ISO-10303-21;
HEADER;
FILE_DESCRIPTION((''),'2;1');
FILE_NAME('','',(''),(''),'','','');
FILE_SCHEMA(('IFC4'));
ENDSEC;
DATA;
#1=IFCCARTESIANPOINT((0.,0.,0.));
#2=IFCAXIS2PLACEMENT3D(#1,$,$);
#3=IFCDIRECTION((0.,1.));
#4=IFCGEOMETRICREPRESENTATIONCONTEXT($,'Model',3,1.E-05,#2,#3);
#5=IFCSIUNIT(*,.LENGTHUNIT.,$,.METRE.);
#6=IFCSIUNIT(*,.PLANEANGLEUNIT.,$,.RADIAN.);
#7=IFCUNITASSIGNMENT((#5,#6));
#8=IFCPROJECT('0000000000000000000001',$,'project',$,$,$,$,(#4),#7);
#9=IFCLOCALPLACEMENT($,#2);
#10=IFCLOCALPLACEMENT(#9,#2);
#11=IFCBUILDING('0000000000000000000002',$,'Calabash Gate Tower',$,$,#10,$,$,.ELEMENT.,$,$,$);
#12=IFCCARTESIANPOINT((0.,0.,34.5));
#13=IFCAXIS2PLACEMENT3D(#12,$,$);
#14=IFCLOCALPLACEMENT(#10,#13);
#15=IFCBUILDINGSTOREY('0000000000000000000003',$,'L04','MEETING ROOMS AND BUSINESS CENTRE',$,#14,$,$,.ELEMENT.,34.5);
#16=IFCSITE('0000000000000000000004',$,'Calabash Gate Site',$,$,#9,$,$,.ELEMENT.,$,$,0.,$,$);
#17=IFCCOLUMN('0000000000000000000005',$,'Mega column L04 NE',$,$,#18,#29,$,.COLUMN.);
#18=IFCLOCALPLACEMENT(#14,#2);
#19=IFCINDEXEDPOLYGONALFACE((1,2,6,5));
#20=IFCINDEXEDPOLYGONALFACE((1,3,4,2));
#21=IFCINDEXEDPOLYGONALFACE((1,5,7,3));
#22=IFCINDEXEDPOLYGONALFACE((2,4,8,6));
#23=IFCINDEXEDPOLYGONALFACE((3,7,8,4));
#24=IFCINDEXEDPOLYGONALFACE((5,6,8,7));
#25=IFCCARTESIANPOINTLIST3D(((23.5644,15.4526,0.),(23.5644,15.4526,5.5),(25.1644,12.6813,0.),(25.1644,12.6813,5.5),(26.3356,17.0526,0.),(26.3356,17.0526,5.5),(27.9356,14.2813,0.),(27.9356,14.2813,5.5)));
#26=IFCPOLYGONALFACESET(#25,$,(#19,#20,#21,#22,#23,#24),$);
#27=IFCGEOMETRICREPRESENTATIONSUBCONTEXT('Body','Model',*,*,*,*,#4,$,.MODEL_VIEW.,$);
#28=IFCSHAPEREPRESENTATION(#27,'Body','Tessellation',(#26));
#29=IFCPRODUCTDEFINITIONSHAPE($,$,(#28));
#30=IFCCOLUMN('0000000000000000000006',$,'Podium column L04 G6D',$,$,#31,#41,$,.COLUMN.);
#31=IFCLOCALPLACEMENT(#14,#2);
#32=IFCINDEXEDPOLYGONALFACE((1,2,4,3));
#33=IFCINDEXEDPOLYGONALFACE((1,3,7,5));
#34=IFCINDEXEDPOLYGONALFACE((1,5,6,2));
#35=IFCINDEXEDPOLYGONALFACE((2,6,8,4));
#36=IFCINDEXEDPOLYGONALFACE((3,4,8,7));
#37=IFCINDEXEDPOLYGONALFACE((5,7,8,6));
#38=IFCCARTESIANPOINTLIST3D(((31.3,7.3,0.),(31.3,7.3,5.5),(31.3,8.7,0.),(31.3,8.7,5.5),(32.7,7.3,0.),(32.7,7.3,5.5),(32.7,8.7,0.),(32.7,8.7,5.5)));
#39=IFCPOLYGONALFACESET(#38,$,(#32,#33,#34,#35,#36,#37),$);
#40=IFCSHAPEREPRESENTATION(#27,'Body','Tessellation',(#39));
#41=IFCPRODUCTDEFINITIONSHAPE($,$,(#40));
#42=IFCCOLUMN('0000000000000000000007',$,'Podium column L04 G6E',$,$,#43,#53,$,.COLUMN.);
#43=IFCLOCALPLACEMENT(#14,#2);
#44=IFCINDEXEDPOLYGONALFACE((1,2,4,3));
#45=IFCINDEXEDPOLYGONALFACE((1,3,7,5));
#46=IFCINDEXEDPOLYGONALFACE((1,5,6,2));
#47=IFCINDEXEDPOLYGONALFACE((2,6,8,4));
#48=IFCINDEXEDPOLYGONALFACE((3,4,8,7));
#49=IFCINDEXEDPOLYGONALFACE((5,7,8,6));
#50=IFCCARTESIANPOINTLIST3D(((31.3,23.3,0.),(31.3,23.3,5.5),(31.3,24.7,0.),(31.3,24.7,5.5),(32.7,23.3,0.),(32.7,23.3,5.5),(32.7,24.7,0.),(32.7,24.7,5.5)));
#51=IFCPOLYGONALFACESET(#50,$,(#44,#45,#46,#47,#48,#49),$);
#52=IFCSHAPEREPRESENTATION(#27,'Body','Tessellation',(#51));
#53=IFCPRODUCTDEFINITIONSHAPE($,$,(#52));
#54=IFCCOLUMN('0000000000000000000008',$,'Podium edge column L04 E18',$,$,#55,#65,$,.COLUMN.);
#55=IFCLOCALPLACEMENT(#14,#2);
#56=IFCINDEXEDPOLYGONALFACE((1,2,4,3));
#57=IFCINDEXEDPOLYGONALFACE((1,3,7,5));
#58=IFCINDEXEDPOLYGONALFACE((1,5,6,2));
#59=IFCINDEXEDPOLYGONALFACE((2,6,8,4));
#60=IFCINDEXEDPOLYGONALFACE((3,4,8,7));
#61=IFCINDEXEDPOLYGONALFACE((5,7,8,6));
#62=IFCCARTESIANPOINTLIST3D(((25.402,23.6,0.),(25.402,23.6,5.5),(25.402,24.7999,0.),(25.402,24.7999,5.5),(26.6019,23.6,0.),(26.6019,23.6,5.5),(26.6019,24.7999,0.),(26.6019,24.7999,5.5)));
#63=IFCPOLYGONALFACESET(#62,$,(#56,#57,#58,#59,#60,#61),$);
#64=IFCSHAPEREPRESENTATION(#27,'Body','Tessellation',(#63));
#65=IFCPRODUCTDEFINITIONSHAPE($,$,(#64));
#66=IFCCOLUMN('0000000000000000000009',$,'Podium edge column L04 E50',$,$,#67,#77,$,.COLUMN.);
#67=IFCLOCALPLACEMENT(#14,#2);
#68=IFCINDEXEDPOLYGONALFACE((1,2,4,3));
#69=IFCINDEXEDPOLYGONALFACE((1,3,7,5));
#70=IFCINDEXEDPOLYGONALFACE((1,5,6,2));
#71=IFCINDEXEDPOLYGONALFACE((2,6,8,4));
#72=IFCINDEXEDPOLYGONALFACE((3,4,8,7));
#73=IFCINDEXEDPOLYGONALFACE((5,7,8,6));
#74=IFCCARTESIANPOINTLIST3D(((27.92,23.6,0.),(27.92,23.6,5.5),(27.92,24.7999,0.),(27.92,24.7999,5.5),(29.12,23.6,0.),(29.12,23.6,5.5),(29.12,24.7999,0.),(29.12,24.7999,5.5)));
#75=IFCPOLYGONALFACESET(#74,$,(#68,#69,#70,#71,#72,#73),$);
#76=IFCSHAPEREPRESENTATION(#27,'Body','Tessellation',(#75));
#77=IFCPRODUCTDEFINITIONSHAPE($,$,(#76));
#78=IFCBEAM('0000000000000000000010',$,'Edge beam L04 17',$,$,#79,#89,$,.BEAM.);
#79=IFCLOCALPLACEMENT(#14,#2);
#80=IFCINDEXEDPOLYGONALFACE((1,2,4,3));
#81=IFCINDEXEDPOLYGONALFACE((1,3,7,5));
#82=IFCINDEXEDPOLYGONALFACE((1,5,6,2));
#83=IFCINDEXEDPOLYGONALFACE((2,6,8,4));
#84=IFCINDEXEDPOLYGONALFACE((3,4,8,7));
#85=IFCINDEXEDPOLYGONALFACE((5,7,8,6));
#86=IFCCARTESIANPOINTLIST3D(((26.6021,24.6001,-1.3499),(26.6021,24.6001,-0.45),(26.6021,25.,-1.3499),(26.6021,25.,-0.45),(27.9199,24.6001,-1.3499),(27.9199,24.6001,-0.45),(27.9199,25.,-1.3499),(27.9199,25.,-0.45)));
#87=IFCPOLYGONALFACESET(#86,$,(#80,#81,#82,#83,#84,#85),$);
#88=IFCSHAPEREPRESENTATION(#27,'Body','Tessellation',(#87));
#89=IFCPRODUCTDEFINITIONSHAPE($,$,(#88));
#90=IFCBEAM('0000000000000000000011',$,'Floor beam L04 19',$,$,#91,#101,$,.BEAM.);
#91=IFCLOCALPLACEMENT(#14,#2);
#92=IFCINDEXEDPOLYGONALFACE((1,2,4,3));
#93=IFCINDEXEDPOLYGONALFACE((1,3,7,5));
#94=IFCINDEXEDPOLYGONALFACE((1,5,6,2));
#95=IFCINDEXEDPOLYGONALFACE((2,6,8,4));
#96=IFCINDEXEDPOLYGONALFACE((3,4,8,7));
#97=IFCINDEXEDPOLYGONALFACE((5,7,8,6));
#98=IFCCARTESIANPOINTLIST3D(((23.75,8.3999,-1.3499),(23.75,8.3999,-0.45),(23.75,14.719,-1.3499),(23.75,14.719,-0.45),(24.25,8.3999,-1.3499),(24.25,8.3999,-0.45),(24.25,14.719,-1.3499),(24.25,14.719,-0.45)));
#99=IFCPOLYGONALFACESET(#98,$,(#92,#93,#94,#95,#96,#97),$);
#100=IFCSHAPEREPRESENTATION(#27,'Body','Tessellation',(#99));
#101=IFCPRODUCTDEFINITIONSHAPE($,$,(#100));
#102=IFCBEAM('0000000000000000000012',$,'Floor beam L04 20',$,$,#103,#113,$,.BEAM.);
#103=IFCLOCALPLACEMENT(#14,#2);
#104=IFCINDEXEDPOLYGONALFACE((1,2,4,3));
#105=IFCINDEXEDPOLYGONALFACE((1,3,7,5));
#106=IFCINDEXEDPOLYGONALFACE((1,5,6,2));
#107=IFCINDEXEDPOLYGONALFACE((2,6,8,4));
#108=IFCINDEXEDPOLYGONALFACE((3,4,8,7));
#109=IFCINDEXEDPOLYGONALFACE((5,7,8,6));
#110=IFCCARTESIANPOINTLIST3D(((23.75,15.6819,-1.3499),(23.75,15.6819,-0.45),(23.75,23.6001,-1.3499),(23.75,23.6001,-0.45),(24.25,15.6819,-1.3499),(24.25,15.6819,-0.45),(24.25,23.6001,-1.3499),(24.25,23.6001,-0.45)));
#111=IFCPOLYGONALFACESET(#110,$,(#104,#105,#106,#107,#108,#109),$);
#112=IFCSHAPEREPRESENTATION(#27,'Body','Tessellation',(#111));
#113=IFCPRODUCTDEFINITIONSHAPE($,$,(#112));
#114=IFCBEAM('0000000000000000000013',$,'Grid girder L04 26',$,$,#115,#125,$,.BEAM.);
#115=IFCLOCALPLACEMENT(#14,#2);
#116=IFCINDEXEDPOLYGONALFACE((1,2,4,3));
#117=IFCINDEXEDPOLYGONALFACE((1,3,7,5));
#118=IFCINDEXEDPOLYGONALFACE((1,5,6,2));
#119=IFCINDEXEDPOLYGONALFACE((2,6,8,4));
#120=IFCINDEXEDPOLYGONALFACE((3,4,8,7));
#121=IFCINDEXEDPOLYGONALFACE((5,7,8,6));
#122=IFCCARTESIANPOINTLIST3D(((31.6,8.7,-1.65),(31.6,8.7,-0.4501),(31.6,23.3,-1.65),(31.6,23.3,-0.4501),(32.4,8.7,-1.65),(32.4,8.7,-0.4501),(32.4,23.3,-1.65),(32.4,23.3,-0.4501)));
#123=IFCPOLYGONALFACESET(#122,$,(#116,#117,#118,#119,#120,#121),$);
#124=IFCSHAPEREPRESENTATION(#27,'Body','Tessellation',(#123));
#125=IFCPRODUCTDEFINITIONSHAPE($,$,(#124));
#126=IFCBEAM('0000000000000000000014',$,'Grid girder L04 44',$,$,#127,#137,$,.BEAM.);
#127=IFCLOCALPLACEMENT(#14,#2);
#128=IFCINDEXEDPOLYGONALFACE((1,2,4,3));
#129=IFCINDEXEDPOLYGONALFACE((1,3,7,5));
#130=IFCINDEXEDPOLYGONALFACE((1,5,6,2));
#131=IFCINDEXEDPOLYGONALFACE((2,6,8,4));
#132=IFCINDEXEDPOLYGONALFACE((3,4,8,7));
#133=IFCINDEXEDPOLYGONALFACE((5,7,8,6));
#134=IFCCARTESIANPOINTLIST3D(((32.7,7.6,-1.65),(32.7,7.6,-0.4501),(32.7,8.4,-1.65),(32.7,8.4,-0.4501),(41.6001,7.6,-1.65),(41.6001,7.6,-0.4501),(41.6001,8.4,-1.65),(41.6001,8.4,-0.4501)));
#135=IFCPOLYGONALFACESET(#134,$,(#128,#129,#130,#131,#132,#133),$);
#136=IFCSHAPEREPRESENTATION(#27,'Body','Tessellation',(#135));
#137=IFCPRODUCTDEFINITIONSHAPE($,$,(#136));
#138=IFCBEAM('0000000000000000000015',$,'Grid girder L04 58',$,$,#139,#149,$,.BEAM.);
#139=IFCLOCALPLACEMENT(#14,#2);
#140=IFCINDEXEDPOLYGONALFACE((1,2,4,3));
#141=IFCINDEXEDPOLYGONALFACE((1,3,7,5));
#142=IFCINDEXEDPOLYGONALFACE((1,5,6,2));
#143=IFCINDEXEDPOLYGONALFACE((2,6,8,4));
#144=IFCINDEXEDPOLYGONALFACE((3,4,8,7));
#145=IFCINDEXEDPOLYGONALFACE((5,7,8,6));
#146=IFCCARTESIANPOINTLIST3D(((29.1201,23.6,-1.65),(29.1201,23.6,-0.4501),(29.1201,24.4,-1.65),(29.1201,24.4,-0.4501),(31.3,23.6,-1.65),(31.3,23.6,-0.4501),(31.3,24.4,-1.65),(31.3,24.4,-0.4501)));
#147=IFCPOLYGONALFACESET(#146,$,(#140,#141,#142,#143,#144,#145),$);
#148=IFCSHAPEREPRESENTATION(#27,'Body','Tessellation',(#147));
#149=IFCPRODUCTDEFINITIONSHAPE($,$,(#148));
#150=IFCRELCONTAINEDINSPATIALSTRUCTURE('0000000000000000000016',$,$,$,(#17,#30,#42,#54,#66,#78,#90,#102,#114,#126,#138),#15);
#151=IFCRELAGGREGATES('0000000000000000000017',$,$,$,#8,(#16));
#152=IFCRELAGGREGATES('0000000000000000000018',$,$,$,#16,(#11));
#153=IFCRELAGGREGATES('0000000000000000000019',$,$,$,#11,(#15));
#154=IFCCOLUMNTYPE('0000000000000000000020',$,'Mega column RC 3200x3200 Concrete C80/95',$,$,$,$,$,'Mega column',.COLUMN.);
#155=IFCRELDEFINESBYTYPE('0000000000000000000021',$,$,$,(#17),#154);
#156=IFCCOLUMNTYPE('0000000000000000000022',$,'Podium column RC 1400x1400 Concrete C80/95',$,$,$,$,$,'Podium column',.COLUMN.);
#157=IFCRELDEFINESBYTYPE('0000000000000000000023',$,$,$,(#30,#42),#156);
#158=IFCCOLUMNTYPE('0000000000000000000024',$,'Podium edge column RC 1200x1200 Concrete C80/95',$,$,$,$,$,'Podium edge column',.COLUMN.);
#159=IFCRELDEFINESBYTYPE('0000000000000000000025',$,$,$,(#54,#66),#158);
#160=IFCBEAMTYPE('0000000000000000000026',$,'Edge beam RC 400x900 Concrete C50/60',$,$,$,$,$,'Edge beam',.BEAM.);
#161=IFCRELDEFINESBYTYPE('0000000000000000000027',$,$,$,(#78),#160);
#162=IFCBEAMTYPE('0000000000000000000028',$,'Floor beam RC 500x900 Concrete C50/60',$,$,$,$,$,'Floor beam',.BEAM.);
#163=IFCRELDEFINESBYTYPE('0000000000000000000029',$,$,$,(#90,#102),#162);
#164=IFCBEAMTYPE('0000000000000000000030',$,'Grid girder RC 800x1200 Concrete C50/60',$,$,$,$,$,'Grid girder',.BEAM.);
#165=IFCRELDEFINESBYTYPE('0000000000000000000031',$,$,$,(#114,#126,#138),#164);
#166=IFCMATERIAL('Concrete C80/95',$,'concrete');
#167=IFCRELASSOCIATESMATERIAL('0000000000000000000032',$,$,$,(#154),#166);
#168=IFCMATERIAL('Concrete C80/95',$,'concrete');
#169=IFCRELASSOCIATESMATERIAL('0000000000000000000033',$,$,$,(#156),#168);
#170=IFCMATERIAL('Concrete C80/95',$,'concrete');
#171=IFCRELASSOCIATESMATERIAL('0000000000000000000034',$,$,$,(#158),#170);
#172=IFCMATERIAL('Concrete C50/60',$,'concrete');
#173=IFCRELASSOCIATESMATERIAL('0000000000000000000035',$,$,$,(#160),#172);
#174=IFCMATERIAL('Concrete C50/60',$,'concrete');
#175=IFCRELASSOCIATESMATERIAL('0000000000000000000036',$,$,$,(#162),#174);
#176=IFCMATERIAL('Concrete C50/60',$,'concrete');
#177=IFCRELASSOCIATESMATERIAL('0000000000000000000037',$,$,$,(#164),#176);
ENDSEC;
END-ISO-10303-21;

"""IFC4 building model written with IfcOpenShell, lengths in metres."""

from ifc_helpers import new_model, si_unit, direction, frame, origin, origin_2d, place, context, subcontext, project, spatial, rectangle, extrude, material, material_profile, profile_set, type_object, element, save


model = new_model("IFC4")

# Units and contexts
model_context = context("Model", 3, precision=1e-05, world=origin(), true_north=direction((0.0, 1.0)))
body_context = subcontext(model_context, "Body", "Model", "MODEL_VIEW")
ifc_project = project(units=[si_unit("LENGTHUNIT", "METRE"), si_unit("PLANEANGLEUNIT", "RADIAN")], contexts=[model_context])

# Site, building, storey
site_placement = place(None, origin())
site = spatial("IfcSite", under=ifc_project, at=site_placement, Name="Calabash Gate Site", CompositionType="ELEMENT", RefElevation=0.0)
building_placement = place(site_placement, origin())
building = spatial("IfcBuilding", under=site, at=building_placement, Name="Calabash Gate Tower", CompositionType="ELEMENT")
storey_placement = place(building_placement, frame((0.0, 0.0, 34.5)))
storey = spatial("IfcBuildingStorey", under=building, at=storey_placement, Name="L04", Description="MEETING ROOMS AND BUSINESS CENTRE", CompositionType="ELEMENT", Elevation=34.5)

# Columns
ifc_material_1 = material(Name="Concrete C80/95", Category="concrete")
ifc_material_profile_1 = material_profile(ifc_material_1, rectangle(XDim=3.2, YDim=3.2, at=origin_2d()))
ifc_profile_set_1 = profile_set([ifc_material_profile_1], Name="Concrete C80/95")
column_type_1 = type_object("IfcColumnType", Name="Mega column RC 3200x3200 Concrete C80/95", ElementType="Mega column", PredefinedType="COLUMN", material=ifc_profile_set_1)
column_placement = place(storey_placement, frame((25.75, 14.8669, 0.0), z_axis=(0.0, 0.0, 1.0), x_axis=(-0.866025, -0.5, 0.0)))
element("IfcColumn", 1, at=column_placement, inside=storey, type_object=column_type_1, Name="Mega column L04 NE", PredefinedType="COLUMN", context=body_context, shape_type="SweptSolid", body=[
    extrude(rectangle(XDim=3.2, YDim=3.2, at=origin_2d()), origin(), (0.0, 0.0, 1.0), 5.5),
])
ifc_material_2 = material(Name="Concrete C80/95", Category="concrete")
ifc_material_profile_2 = material_profile(ifc_material_2, rectangle(XDim=1.3999, YDim=1.3999, at=origin_2d()))
ifc_profile_set_2 = profile_set([ifc_material_profile_2], Name="Concrete C80/95")
column_type_2 = type_object("IfcColumnType", Name="Podium column RC 1400x1400 Concrete C80/95", ElementType="Podium column", PredefinedType="COLUMN", material=ifc_profile_set_2)
for number, where, z_axis, x_axis, name in (
    (2, (32.0, 8.0, 0.0), (0.0, 0.0, 1.0), (1.0, 0.0, 0.0), "Podium column L04 G6D"),
    (3, (32.0, 24.0, 0.0), (0.0, 0.0, 1.0), (1.0, 0.0, 0.0), "Podium column L04 G6E"),
):
    element("IfcColumn", number, at=place(storey_placement, frame(where, z_axis=z_axis, x_axis=x_axis)), inside=storey, type_object=column_type_2, Name=name, PredefinedType="COLUMN", context=body_context, shape_type="SweptSolid", body=[
        extrude(rectangle(XDim=1.3999, YDim=1.3999, at=origin_2d()), origin(), (0.0, 0.0, 1.0), 5.5),
    ])
ifc_material_3 = material(Name="Concrete C80/95", Category="concrete")
ifc_material_profile_3 = material_profile(ifc_material_3, rectangle(XDim=1.2, YDim=1.2, at=origin_2d()))
ifc_profile_set_3 = profile_set([ifc_material_profile_3], Name="Concrete C80/95")
column_type_3 = type_object("IfcColumnType", Name="Podium edge column RC 1200x1200 Concrete C80/95", ElementType="Podium edge column", PredefinedType="COLUMN", material=ifc_profile_set_3)
for number, where, z_axis, x_axis, name in (
    (4, (26.002, 24.2, 0.0), (0.0, 0.0, 1.0), (1.0, 0.0, 0.0), "Podium edge column L04 E18"),
    (5, (28.52, 24.2, 0.0), (0.0, 0.0, 1.0), (1.0, 0.0, 0.0), "Podium edge column L04 E50"),
):
    element("IfcColumn", number, at=place(storey_placement, frame(where, z_axis=z_axis, x_axis=x_axis)), inside=storey, type_object=column_type_3, Name=name, PredefinedType="COLUMN", context=body_context, shape_type="SweptSolid", body=[
        extrude(rectangle(XDim=1.2, YDim=1.2, at=origin_2d()), origin(), (0.0, 0.0, 1.0), 5.5),
    ])

# Beams
ifc_material_4 = material(Name="Concrete C50/60", Category="concrete")
ifc_material_profile_4 = material_profile(ifc_material_4, rectangle(XDim=0.3999, YDim=0.8999, at=origin_2d()))
ifc_profile_set_4 = profile_set([ifc_material_profile_4], Name="Concrete C50/60")
beam_type_1 = type_object("IfcBeamType", Name="Edge beam RC 400x900 Concrete C50/60", ElementType="Edge beam", PredefinedType="BEAM", material=ifc_profile_set_4)
beam_1_placement = place(storey_placement, frame((26.6021, 24.8, -0.8999), z_axis=(1.0, 0.0, 0.0), x_axis=(0.0, 1.0, 0.0)))
element("IfcBeam", 6, at=beam_1_placement, inside=storey, type_object=beam_type_1, Name="Edge beam L04 17", PredefinedType="BEAM", context=body_context, shape_type="SweptSolid", body=[
    extrude(rectangle(XDim=0.3999, YDim=0.8999, at=origin_2d()), origin(), (0.0, 0.0, 1.0), 1.3179),
])
ifc_material_5 = material(Name="Concrete C50/60", Category="concrete")
ifc_material_profile_5 = material_profile(ifc_material_5, rectangle(XDim=0.5, YDim=0.8999, at=origin_2d()))
ifc_profile_set_5 = profile_set([ifc_material_profile_5], Name="Concrete C50/60")
beam_type_2 = type_object("IfcBeamType", Name="Floor beam RC 500x900 Concrete C50/60", ElementType="Floor beam", PredefinedType="BEAM", material=ifc_profile_set_5)
beam_2_placement = place(storey_placement, frame((24.0, 8.3999, -0.8999), z_axis=(0.0, 1.0, 0.0), x_axis=(-1.0, 0.0, 0.0)))
element("IfcBeam", 7, at=beam_2_placement, inside=storey, type_object=beam_type_2, Name="Floor beam L04 19", PredefinedType="BEAM", context=body_context, shape_type="SweptSolid", body=[
    extrude(rectangle(XDim=0.5, YDim=0.8999, at=origin_2d()), origin(), (0.0, 0.0, 1.0), 6.3191),
])
beam_3_placement = place(storey_placement, frame((24.0, 15.6819, -0.8999), z_axis=(0.0, 1.0, 0.0), x_axis=(-1.0, 0.0, 0.0)))
element("IfcBeam", 8, at=beam_3_placement, inside=storey, type_object=beam_type_2, Name="Floor beam L04 20", PredefinedType="BEAM", context=body_context, shape_type="SweptSolid", body=[
    extrude(rectangle(XDim=0.5, YDim=0.8999, at=origin_2d()), origin(), (0.0, 0.0, 1.0), 7.9182),
])
ifc_material_6 = material(Name="Concrete C50/60", Category="concrete")
ifc_material_profile_6 = material_profile(ifc_material_6, rectangle(XDim=0.8, YDim=1.2, at=origin_2d()))
ifc_profile_set_6 = profile_set([ifc_material_profile_6], Name="Concrete C50/60")
beam_type_3 = type_object("IfcBeamType", Name="Grid girder RC 800x1200 Concrete C50/60", ElementType="Grid girder", PredefinedType="BEAM", material=ifc_profile_set_6)
beam_4_placement = place(storey_placement, frame((32.0, 8.7, -1.05), z_axis=(0.0, 1.0, 0.0), x_axis=(-1.0, 0.0, 0.0)))
element("IfcBeam", 9, at=beam_4_placement, inside=storey, type_object=beam_type_3, Name="Grid girder L04 26", PredefinedType="BEAM", context=body_context, shape_type="SweptSolid", body=[
    extrude(rectangle(XDim=0.8, YDim=1.2, at=origin_2d()), origin(), (0.0, 0.0, 1.0), 14.6001),
])
beam_5_placement = place(storey_placement, frame((32.7, 8.0, -1.05), z_axis=(1.0, 0.0, 0.0), x_axis=(0.0, 1.0, 0.0)))
element("IfcBeam", 10, at=beam_5_placement, inside=storey, type_object=beam_type_3, Name="Grid girder L04 44", PredefinedType="BEAM", context=body_context, shape_type="SweptSolid", body=[
    extrude(rectangle(XDim=0.8, YDim=1.2, at=origin_2d()), origin(), (0.0, 0.0, 1.0), 8.9001),
])
beam_6_placement = place(storey_placement, frame((29.1201, 24.0, -1.05), z_axis=(1.0, 0.0, 0.0), x_axis=(0.0, 1.0, 0.0)))
element("IfcBeam", 11, at=beam_6_placement, inside=storey, type_object=beam_type_3, Name="Grid girder L04 58", PredefinedType="BEAM", context=body_context, shape_type="SweptSolid", body=[
    extrude(rectangle(XDim=0.8, YDim=1.2, at=origin_2d()), origin(), (0.0, 0.0, 1.0), 2.1799),
])

save(model, "model.ifc")
